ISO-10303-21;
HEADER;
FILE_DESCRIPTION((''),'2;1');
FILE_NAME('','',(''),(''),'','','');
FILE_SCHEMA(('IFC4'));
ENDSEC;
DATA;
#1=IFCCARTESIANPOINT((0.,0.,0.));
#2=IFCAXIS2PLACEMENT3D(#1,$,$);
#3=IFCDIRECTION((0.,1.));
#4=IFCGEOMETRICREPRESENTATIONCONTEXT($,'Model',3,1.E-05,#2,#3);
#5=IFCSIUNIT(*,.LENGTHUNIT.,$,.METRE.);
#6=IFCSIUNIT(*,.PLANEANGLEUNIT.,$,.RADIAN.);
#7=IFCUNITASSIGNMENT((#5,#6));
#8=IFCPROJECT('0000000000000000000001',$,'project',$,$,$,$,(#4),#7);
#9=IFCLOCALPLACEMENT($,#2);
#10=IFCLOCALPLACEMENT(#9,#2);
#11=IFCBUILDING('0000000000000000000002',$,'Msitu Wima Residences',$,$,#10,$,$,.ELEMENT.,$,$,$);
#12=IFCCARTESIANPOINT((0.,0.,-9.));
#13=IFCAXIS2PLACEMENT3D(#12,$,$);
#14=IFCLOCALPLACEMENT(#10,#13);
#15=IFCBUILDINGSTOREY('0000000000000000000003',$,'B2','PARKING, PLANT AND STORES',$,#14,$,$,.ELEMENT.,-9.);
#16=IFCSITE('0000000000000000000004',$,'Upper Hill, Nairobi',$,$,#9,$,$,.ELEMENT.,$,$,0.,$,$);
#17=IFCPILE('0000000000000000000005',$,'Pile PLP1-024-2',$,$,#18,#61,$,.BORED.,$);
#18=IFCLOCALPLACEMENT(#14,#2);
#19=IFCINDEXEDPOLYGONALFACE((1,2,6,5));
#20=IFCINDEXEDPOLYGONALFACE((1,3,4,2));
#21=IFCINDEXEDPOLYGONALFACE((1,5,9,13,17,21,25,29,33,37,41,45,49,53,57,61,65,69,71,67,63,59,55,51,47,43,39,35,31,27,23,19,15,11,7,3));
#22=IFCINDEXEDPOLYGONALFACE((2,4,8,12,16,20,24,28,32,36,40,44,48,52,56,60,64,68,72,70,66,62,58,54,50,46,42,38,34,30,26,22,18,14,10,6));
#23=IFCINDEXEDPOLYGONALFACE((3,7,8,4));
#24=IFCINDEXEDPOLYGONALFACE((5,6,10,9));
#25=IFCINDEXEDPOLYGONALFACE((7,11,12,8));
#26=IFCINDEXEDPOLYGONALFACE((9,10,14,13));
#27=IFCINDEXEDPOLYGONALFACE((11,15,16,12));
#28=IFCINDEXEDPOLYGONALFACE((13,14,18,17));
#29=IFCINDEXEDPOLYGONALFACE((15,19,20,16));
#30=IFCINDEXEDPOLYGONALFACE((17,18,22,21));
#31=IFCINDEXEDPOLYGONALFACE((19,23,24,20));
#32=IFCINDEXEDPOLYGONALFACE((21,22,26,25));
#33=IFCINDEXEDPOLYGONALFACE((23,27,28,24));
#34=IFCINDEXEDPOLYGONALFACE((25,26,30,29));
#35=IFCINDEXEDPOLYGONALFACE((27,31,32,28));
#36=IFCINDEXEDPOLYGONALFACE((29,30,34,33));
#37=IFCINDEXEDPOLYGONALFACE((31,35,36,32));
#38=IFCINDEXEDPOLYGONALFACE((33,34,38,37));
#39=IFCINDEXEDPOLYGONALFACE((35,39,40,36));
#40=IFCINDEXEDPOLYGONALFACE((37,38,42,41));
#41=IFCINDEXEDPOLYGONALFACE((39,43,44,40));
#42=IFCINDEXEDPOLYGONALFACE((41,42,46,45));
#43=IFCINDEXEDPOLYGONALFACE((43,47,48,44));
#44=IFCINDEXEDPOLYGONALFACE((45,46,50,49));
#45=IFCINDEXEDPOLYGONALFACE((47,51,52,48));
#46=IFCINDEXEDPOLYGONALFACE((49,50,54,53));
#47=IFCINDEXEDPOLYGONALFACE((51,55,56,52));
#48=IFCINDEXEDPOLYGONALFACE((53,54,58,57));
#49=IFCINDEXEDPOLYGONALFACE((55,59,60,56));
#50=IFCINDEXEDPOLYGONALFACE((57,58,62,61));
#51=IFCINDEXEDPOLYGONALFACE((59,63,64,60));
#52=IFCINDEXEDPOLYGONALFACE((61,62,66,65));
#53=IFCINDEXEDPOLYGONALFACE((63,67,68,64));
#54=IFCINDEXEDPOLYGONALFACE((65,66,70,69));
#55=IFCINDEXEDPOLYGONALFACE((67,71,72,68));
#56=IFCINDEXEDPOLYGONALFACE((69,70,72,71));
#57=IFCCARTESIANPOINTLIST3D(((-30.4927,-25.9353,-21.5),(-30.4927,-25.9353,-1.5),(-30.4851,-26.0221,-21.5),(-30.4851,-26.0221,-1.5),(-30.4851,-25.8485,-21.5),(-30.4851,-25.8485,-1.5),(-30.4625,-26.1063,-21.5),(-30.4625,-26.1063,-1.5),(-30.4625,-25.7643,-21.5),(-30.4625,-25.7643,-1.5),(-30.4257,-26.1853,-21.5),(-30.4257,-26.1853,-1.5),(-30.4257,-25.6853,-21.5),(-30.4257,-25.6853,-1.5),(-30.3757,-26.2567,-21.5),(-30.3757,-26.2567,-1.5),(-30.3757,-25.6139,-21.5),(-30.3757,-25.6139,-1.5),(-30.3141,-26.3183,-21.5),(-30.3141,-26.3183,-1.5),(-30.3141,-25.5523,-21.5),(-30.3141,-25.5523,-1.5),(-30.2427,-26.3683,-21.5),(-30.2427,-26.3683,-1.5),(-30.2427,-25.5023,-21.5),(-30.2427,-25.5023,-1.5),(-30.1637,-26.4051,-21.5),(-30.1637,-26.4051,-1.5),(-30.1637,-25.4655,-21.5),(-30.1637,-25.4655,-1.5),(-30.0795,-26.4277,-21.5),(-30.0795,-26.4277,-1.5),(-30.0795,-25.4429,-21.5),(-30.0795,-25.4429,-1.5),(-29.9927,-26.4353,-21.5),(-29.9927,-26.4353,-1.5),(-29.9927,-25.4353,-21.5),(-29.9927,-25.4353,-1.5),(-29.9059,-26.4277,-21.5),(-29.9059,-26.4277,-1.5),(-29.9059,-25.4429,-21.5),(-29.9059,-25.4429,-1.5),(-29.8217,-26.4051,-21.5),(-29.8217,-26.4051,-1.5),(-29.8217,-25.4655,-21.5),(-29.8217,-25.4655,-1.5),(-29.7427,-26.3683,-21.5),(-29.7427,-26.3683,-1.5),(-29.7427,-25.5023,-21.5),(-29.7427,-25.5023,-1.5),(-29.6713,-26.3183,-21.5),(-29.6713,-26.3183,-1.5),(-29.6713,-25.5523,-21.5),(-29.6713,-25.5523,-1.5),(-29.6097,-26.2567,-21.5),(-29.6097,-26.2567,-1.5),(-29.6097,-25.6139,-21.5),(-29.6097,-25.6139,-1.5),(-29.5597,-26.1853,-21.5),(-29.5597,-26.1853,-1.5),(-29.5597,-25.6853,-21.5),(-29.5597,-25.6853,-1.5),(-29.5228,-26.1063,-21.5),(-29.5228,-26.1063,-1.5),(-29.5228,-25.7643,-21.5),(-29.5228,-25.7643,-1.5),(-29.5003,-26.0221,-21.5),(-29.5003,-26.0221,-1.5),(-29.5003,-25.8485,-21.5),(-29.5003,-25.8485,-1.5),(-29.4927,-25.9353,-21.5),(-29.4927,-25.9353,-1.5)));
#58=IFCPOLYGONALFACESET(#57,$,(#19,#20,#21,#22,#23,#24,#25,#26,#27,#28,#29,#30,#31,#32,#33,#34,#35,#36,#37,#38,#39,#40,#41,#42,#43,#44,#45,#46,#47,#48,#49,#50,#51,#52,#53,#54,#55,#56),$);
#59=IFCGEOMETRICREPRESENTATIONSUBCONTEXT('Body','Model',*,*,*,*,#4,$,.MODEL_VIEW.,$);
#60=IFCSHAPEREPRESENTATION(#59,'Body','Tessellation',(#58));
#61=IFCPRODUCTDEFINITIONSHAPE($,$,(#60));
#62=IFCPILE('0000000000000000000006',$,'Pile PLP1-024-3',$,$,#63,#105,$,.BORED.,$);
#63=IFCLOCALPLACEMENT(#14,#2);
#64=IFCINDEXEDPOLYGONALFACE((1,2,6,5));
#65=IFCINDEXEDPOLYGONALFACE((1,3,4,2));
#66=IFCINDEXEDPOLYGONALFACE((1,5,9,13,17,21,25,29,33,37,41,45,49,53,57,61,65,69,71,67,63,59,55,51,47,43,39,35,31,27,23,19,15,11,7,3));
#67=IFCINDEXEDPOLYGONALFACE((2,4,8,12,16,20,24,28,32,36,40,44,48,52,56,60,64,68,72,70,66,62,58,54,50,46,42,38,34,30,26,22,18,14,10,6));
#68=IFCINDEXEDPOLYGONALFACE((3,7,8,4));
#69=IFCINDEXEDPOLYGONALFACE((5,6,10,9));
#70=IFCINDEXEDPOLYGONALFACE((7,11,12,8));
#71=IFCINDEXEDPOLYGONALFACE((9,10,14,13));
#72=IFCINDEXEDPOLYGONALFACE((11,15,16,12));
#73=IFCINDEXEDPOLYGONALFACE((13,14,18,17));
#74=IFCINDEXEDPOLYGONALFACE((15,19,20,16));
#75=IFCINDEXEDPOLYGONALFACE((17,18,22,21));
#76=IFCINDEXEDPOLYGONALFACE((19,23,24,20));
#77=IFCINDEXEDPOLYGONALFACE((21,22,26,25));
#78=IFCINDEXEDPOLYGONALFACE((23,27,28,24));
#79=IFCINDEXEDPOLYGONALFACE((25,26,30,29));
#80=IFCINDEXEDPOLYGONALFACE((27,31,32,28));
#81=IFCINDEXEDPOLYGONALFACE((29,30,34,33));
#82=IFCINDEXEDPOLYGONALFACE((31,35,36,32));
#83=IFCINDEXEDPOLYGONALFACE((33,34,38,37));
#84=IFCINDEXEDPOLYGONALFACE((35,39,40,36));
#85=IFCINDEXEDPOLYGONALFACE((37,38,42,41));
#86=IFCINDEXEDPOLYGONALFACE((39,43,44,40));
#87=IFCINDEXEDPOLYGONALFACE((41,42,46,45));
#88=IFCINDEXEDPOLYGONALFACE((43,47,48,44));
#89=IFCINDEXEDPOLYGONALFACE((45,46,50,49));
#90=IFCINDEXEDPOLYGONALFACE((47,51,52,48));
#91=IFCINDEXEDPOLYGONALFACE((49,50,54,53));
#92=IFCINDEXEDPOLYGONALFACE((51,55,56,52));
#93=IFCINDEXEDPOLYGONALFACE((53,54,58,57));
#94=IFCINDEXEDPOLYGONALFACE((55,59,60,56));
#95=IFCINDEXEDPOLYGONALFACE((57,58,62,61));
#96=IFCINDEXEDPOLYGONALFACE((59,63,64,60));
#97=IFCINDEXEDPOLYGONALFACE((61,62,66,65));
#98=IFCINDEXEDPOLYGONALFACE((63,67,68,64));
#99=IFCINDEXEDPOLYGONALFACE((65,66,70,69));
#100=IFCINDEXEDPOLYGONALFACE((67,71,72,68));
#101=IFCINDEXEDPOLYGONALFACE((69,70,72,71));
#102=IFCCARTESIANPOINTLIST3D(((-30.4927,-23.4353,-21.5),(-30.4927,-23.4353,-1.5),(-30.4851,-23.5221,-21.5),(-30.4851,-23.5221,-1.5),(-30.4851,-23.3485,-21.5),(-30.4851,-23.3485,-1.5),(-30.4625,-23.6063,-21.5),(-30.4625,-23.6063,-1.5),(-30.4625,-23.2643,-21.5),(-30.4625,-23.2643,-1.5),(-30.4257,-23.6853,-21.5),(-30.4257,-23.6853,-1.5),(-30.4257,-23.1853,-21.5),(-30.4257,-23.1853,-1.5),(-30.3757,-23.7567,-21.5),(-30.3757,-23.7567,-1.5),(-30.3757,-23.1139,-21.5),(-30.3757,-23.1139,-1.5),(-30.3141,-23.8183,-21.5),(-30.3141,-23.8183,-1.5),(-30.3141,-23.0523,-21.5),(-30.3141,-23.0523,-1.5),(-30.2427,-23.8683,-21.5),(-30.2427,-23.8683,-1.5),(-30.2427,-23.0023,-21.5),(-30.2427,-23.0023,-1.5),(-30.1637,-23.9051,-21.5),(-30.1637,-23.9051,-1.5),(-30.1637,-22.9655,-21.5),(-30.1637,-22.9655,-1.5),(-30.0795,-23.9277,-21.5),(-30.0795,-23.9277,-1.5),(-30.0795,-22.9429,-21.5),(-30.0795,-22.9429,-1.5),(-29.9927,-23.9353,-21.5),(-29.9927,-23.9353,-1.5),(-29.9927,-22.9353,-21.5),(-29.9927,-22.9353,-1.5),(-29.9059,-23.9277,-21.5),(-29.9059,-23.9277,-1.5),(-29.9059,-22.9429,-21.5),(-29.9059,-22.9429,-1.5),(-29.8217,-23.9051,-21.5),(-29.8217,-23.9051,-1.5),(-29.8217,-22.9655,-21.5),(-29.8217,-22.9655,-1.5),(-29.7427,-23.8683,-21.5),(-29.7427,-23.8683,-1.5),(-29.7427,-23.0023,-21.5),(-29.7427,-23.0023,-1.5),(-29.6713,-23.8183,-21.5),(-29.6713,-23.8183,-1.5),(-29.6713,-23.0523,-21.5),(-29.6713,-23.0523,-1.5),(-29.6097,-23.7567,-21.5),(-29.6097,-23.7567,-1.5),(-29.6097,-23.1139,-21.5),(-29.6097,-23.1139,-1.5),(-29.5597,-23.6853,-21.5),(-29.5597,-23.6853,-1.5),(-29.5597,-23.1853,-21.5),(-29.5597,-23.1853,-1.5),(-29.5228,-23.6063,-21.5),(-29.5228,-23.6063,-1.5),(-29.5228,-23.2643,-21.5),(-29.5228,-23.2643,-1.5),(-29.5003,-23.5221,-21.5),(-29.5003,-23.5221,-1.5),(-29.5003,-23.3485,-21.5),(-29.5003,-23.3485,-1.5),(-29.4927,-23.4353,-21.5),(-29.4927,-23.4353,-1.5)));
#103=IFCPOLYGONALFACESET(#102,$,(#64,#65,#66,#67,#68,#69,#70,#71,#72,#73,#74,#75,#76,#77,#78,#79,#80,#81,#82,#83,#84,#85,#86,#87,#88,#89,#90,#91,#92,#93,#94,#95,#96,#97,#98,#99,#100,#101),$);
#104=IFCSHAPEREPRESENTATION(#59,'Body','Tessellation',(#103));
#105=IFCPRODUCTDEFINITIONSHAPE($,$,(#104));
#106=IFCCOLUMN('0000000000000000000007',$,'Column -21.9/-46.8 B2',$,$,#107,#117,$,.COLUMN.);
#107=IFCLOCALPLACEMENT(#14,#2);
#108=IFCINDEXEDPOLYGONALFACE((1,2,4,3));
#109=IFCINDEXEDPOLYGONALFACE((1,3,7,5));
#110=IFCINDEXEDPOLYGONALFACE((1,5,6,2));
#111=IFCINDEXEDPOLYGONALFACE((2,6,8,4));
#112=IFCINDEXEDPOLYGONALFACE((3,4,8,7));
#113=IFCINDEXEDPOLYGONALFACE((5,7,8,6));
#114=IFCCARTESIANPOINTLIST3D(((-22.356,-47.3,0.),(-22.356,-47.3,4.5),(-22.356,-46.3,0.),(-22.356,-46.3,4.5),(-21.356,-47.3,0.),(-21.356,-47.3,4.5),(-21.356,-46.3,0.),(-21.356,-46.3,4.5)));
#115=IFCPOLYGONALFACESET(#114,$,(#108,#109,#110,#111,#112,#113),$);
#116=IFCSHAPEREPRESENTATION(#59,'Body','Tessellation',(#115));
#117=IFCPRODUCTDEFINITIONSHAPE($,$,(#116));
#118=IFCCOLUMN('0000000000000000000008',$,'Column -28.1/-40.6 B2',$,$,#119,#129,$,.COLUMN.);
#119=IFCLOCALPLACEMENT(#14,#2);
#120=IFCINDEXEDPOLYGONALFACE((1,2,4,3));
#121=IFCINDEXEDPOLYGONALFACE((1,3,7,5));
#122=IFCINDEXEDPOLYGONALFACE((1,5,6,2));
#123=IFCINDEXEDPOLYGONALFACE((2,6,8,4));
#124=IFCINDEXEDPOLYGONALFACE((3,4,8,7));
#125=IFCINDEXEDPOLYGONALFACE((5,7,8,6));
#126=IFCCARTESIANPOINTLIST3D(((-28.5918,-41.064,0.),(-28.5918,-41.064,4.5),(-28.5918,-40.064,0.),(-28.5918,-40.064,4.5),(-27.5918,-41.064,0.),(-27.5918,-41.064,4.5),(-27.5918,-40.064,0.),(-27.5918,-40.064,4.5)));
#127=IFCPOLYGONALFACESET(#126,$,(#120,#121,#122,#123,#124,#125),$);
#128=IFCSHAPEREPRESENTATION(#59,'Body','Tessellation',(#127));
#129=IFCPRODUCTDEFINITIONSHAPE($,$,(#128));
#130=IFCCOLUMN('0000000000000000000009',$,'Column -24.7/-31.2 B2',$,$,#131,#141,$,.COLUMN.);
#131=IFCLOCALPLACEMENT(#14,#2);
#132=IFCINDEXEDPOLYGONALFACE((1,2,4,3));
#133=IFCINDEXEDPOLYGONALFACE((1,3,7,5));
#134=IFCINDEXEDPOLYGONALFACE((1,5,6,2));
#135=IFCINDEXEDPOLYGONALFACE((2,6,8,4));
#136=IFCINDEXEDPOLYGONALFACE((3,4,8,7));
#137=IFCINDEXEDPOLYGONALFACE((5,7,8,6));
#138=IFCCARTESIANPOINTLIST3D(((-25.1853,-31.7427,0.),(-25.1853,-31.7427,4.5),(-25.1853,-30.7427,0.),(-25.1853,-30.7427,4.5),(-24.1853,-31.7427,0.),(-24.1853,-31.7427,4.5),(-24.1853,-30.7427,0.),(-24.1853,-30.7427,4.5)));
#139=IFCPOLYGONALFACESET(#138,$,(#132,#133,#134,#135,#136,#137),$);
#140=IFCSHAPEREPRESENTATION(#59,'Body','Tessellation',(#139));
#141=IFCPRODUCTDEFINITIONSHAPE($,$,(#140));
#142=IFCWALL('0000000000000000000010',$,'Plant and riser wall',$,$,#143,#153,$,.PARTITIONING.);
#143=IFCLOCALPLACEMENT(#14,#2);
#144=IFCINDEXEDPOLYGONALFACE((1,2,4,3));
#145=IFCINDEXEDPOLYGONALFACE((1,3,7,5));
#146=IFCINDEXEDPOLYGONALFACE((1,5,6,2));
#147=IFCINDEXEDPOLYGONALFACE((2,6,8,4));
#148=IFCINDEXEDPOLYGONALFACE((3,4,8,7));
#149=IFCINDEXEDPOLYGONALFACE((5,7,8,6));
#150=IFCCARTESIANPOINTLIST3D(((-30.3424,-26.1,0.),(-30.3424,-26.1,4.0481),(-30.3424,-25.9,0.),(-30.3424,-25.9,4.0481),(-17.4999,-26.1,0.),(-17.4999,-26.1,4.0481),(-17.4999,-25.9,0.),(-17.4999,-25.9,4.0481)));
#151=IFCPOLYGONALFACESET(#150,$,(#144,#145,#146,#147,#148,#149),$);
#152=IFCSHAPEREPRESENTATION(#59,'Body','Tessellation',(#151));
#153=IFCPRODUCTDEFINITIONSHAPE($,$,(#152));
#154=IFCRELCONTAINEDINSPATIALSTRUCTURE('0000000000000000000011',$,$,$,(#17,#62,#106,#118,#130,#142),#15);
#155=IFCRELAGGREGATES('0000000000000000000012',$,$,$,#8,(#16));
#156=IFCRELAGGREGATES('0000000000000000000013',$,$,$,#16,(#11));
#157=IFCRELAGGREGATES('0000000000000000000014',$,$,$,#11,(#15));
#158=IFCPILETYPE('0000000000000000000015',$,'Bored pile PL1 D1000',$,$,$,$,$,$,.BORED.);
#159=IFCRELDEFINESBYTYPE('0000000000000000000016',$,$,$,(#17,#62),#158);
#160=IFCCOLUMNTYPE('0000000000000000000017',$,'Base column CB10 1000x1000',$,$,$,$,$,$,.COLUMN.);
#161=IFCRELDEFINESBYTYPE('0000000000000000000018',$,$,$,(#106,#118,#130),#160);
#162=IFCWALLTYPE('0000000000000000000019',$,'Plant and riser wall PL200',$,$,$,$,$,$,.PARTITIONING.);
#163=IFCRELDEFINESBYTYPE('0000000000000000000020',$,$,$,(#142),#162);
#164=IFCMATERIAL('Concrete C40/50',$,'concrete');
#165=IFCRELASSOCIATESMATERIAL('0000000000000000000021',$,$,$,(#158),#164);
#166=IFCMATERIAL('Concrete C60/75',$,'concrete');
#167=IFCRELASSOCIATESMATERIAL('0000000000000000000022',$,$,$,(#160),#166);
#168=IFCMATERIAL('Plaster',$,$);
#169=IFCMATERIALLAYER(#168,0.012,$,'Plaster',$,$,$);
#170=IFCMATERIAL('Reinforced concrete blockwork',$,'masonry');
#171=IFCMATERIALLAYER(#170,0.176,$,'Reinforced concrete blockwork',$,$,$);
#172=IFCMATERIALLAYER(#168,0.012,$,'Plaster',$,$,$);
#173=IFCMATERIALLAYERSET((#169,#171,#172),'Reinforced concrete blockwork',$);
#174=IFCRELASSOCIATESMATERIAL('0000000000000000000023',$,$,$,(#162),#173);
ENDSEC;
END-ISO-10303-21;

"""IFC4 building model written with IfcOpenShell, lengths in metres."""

from ifc_helpers import new_model, si_unit, direction, frame, frame_2d, origin, origin_2d, place, context, subcontext, project, spatial, rectangle, circle, extrude, material, layer, layer_set, material_profile, profile_set, type_object, element, save


model = new_model("IFC4")

# Units and contexts
model_context = context("Model", 3, precision=1e-05, world=origin(), true_north=direction((0.0, 1.0)))
body_context = subcontext(model_context, "Body", "Model", "MODEL_VIEW")
ifc_project = project(units=[si_unit("LENGTHUNIT", "METRE"), si_unit("PLANEANGLEUNIT", "RADIAN")], contexts=[model_context])

# Site, building, storey
site_placement = place(None, origin())
site = spatial("IfcSite", under=ifc_project, at=site_placement, Name="Upper Hill, Nairobi", CompositionType="ELEMENT", RefElevation=0.0)
building_placement = place(site_placement, origin())
building = spatial("IfcBuilding", under=site, at=building_placement, Name="Msitu Wima Residences", CompositionType="ELEMENT")
storey_placement = place(building_placement, frame((0.0, 0.0, -9.0)))
storey = spatial("IfcBuildingStorey", under=building, at=storey_placement, Name="B2", Description="PARKING, PLANT AND STORES", CompositionType="ELEMENT", Elevation=-9.0)

# Piles
ifc_material_1 = material(Name="Concrete C40/50", Category="concrete")
pile_type_1 = type_object("IfcPileType", Name="Bored pile PL1 D1000", PredefinedType="BORED", material=ifc_material_1)
for number, where, z_axis, x_axis, name in (
    (1, (-29.9927, -25.9353, -1.5), (0.0, 0.0, -1.0), (1.0, 0.0, 0.0), "Pile PLP1-024-2"),
    (2, (-29.9927, -23.4353, -1.5), (0.0, 0.0, -1.0), (1.0, 0.0, 0.0), "Pile PLP1-024-3"),
):
    element("IfcPile", number, at=place(storey_placement, frame(where, z_axis=z_axis, x_axis=x_axis)), inside=storey, type_object=pile_type_1, Name=name, PredefinedType="BORED", context=body_context, shape_type="SweptSolid", body=[
        extrude(circle(Radius=0.5, at=origin_2d()), origin(), (0.0, 0.0, 1.0), 20.0),
    ])

# Columns
ifc_material_2 = material(Name="Concrete C60/75", Category="concrete")
ifc_material_profile = material_profile(ifc_material_2, rectangle(XDim=1.0, YDim=1.0, at=origin_2d()), Name="RC 1000x1000")
ifc_profile_set = profile_set([ifc_material_profile], Name="Concrete C60/75")
column_type = type_object("IfcColumnType", Name="Base column CB10 1000x1000", PredefinedType="COLUMN", material=ifc_profile_set)
for number, where, z_axis, x_axis, name in (
    (3, (-21.856, -46.8, 0.0), (0.0, 0.0, 1.0), (1.0, 0.0, 0.0), "Column -21.9/-46.8 B2"),
    (4, (-28.0918, -40.564, 0.0), (0.0, 0.0, 1.0), (1.0, 0.0, 0.0), "Column -28.1/-40.6 B2"),
    (5, (-24.6853, -31.2427, 0.0), (0.0, 0.0, 1.0), (1.0, 0.0, 0.0), "Column -24.7/-31.2 B2"),
):
    element("IfcColumn", number, at=place(storey_placement, frame(where, z_axis=z_axis, x_axis=x_axis)), inside=storey, type_object=column_type, Name=name, PredefinedType="COLUMN", context=body_context, shape_type="SweptSolid", body=[
        extrude(rectangle(XDim=1.0, YDim=1.0, at=origin_2d()), origin(), (0.0, 0.0, 1.0), 4.5),
    ])

# Wall
ifc_material_3 = material(Name="Plaster")
ifc_layer_1 = layer(ifc_material_3, 0.012, Name="Plaster")
ifc_material_4 = material(Name="Reinforced concrete blockwork", Category="masonry")
ifc_layer_2 = layer(ifc_material_4, 0.176, Name="Reinforced concrete blockwork")
ifc_layer_3 = layer(ifc_material_3, 0.012, Name="Plaster")
ifc_layer_set = layer_set([ifc_layer_1, ifc_layer_2, ifc_layer_3], Name="Reinforced concrete blockwork")
wall_type = type_object("IfcWallType", Name="Plant and riser wall PL200", PredefinedType="PARTITIONING", material=ifc_layer_set)
wall_placement = place(storey_placement, frame((-30.3425, -26.0, 0.0), z_axis=(0.0, 0.0, 1.0), x_axis=(1.0, 0.0, 0.0)))
element("IfcWall", 6, at=wall_placement, inside=storey, type_object=wall_type, Name="Plant and riser wall", PredefinedType="PARTITIONING", context=body_context, shape_type="SweptSolid", body=[
    extrude(rectangle(XDim=12.8425, YDim=0.2, at=frame_2d((6.4214, 0.0))), origin(), (0.0, 0.0, 1.0), 4.0481),
])

save(model, "model.ifc")
